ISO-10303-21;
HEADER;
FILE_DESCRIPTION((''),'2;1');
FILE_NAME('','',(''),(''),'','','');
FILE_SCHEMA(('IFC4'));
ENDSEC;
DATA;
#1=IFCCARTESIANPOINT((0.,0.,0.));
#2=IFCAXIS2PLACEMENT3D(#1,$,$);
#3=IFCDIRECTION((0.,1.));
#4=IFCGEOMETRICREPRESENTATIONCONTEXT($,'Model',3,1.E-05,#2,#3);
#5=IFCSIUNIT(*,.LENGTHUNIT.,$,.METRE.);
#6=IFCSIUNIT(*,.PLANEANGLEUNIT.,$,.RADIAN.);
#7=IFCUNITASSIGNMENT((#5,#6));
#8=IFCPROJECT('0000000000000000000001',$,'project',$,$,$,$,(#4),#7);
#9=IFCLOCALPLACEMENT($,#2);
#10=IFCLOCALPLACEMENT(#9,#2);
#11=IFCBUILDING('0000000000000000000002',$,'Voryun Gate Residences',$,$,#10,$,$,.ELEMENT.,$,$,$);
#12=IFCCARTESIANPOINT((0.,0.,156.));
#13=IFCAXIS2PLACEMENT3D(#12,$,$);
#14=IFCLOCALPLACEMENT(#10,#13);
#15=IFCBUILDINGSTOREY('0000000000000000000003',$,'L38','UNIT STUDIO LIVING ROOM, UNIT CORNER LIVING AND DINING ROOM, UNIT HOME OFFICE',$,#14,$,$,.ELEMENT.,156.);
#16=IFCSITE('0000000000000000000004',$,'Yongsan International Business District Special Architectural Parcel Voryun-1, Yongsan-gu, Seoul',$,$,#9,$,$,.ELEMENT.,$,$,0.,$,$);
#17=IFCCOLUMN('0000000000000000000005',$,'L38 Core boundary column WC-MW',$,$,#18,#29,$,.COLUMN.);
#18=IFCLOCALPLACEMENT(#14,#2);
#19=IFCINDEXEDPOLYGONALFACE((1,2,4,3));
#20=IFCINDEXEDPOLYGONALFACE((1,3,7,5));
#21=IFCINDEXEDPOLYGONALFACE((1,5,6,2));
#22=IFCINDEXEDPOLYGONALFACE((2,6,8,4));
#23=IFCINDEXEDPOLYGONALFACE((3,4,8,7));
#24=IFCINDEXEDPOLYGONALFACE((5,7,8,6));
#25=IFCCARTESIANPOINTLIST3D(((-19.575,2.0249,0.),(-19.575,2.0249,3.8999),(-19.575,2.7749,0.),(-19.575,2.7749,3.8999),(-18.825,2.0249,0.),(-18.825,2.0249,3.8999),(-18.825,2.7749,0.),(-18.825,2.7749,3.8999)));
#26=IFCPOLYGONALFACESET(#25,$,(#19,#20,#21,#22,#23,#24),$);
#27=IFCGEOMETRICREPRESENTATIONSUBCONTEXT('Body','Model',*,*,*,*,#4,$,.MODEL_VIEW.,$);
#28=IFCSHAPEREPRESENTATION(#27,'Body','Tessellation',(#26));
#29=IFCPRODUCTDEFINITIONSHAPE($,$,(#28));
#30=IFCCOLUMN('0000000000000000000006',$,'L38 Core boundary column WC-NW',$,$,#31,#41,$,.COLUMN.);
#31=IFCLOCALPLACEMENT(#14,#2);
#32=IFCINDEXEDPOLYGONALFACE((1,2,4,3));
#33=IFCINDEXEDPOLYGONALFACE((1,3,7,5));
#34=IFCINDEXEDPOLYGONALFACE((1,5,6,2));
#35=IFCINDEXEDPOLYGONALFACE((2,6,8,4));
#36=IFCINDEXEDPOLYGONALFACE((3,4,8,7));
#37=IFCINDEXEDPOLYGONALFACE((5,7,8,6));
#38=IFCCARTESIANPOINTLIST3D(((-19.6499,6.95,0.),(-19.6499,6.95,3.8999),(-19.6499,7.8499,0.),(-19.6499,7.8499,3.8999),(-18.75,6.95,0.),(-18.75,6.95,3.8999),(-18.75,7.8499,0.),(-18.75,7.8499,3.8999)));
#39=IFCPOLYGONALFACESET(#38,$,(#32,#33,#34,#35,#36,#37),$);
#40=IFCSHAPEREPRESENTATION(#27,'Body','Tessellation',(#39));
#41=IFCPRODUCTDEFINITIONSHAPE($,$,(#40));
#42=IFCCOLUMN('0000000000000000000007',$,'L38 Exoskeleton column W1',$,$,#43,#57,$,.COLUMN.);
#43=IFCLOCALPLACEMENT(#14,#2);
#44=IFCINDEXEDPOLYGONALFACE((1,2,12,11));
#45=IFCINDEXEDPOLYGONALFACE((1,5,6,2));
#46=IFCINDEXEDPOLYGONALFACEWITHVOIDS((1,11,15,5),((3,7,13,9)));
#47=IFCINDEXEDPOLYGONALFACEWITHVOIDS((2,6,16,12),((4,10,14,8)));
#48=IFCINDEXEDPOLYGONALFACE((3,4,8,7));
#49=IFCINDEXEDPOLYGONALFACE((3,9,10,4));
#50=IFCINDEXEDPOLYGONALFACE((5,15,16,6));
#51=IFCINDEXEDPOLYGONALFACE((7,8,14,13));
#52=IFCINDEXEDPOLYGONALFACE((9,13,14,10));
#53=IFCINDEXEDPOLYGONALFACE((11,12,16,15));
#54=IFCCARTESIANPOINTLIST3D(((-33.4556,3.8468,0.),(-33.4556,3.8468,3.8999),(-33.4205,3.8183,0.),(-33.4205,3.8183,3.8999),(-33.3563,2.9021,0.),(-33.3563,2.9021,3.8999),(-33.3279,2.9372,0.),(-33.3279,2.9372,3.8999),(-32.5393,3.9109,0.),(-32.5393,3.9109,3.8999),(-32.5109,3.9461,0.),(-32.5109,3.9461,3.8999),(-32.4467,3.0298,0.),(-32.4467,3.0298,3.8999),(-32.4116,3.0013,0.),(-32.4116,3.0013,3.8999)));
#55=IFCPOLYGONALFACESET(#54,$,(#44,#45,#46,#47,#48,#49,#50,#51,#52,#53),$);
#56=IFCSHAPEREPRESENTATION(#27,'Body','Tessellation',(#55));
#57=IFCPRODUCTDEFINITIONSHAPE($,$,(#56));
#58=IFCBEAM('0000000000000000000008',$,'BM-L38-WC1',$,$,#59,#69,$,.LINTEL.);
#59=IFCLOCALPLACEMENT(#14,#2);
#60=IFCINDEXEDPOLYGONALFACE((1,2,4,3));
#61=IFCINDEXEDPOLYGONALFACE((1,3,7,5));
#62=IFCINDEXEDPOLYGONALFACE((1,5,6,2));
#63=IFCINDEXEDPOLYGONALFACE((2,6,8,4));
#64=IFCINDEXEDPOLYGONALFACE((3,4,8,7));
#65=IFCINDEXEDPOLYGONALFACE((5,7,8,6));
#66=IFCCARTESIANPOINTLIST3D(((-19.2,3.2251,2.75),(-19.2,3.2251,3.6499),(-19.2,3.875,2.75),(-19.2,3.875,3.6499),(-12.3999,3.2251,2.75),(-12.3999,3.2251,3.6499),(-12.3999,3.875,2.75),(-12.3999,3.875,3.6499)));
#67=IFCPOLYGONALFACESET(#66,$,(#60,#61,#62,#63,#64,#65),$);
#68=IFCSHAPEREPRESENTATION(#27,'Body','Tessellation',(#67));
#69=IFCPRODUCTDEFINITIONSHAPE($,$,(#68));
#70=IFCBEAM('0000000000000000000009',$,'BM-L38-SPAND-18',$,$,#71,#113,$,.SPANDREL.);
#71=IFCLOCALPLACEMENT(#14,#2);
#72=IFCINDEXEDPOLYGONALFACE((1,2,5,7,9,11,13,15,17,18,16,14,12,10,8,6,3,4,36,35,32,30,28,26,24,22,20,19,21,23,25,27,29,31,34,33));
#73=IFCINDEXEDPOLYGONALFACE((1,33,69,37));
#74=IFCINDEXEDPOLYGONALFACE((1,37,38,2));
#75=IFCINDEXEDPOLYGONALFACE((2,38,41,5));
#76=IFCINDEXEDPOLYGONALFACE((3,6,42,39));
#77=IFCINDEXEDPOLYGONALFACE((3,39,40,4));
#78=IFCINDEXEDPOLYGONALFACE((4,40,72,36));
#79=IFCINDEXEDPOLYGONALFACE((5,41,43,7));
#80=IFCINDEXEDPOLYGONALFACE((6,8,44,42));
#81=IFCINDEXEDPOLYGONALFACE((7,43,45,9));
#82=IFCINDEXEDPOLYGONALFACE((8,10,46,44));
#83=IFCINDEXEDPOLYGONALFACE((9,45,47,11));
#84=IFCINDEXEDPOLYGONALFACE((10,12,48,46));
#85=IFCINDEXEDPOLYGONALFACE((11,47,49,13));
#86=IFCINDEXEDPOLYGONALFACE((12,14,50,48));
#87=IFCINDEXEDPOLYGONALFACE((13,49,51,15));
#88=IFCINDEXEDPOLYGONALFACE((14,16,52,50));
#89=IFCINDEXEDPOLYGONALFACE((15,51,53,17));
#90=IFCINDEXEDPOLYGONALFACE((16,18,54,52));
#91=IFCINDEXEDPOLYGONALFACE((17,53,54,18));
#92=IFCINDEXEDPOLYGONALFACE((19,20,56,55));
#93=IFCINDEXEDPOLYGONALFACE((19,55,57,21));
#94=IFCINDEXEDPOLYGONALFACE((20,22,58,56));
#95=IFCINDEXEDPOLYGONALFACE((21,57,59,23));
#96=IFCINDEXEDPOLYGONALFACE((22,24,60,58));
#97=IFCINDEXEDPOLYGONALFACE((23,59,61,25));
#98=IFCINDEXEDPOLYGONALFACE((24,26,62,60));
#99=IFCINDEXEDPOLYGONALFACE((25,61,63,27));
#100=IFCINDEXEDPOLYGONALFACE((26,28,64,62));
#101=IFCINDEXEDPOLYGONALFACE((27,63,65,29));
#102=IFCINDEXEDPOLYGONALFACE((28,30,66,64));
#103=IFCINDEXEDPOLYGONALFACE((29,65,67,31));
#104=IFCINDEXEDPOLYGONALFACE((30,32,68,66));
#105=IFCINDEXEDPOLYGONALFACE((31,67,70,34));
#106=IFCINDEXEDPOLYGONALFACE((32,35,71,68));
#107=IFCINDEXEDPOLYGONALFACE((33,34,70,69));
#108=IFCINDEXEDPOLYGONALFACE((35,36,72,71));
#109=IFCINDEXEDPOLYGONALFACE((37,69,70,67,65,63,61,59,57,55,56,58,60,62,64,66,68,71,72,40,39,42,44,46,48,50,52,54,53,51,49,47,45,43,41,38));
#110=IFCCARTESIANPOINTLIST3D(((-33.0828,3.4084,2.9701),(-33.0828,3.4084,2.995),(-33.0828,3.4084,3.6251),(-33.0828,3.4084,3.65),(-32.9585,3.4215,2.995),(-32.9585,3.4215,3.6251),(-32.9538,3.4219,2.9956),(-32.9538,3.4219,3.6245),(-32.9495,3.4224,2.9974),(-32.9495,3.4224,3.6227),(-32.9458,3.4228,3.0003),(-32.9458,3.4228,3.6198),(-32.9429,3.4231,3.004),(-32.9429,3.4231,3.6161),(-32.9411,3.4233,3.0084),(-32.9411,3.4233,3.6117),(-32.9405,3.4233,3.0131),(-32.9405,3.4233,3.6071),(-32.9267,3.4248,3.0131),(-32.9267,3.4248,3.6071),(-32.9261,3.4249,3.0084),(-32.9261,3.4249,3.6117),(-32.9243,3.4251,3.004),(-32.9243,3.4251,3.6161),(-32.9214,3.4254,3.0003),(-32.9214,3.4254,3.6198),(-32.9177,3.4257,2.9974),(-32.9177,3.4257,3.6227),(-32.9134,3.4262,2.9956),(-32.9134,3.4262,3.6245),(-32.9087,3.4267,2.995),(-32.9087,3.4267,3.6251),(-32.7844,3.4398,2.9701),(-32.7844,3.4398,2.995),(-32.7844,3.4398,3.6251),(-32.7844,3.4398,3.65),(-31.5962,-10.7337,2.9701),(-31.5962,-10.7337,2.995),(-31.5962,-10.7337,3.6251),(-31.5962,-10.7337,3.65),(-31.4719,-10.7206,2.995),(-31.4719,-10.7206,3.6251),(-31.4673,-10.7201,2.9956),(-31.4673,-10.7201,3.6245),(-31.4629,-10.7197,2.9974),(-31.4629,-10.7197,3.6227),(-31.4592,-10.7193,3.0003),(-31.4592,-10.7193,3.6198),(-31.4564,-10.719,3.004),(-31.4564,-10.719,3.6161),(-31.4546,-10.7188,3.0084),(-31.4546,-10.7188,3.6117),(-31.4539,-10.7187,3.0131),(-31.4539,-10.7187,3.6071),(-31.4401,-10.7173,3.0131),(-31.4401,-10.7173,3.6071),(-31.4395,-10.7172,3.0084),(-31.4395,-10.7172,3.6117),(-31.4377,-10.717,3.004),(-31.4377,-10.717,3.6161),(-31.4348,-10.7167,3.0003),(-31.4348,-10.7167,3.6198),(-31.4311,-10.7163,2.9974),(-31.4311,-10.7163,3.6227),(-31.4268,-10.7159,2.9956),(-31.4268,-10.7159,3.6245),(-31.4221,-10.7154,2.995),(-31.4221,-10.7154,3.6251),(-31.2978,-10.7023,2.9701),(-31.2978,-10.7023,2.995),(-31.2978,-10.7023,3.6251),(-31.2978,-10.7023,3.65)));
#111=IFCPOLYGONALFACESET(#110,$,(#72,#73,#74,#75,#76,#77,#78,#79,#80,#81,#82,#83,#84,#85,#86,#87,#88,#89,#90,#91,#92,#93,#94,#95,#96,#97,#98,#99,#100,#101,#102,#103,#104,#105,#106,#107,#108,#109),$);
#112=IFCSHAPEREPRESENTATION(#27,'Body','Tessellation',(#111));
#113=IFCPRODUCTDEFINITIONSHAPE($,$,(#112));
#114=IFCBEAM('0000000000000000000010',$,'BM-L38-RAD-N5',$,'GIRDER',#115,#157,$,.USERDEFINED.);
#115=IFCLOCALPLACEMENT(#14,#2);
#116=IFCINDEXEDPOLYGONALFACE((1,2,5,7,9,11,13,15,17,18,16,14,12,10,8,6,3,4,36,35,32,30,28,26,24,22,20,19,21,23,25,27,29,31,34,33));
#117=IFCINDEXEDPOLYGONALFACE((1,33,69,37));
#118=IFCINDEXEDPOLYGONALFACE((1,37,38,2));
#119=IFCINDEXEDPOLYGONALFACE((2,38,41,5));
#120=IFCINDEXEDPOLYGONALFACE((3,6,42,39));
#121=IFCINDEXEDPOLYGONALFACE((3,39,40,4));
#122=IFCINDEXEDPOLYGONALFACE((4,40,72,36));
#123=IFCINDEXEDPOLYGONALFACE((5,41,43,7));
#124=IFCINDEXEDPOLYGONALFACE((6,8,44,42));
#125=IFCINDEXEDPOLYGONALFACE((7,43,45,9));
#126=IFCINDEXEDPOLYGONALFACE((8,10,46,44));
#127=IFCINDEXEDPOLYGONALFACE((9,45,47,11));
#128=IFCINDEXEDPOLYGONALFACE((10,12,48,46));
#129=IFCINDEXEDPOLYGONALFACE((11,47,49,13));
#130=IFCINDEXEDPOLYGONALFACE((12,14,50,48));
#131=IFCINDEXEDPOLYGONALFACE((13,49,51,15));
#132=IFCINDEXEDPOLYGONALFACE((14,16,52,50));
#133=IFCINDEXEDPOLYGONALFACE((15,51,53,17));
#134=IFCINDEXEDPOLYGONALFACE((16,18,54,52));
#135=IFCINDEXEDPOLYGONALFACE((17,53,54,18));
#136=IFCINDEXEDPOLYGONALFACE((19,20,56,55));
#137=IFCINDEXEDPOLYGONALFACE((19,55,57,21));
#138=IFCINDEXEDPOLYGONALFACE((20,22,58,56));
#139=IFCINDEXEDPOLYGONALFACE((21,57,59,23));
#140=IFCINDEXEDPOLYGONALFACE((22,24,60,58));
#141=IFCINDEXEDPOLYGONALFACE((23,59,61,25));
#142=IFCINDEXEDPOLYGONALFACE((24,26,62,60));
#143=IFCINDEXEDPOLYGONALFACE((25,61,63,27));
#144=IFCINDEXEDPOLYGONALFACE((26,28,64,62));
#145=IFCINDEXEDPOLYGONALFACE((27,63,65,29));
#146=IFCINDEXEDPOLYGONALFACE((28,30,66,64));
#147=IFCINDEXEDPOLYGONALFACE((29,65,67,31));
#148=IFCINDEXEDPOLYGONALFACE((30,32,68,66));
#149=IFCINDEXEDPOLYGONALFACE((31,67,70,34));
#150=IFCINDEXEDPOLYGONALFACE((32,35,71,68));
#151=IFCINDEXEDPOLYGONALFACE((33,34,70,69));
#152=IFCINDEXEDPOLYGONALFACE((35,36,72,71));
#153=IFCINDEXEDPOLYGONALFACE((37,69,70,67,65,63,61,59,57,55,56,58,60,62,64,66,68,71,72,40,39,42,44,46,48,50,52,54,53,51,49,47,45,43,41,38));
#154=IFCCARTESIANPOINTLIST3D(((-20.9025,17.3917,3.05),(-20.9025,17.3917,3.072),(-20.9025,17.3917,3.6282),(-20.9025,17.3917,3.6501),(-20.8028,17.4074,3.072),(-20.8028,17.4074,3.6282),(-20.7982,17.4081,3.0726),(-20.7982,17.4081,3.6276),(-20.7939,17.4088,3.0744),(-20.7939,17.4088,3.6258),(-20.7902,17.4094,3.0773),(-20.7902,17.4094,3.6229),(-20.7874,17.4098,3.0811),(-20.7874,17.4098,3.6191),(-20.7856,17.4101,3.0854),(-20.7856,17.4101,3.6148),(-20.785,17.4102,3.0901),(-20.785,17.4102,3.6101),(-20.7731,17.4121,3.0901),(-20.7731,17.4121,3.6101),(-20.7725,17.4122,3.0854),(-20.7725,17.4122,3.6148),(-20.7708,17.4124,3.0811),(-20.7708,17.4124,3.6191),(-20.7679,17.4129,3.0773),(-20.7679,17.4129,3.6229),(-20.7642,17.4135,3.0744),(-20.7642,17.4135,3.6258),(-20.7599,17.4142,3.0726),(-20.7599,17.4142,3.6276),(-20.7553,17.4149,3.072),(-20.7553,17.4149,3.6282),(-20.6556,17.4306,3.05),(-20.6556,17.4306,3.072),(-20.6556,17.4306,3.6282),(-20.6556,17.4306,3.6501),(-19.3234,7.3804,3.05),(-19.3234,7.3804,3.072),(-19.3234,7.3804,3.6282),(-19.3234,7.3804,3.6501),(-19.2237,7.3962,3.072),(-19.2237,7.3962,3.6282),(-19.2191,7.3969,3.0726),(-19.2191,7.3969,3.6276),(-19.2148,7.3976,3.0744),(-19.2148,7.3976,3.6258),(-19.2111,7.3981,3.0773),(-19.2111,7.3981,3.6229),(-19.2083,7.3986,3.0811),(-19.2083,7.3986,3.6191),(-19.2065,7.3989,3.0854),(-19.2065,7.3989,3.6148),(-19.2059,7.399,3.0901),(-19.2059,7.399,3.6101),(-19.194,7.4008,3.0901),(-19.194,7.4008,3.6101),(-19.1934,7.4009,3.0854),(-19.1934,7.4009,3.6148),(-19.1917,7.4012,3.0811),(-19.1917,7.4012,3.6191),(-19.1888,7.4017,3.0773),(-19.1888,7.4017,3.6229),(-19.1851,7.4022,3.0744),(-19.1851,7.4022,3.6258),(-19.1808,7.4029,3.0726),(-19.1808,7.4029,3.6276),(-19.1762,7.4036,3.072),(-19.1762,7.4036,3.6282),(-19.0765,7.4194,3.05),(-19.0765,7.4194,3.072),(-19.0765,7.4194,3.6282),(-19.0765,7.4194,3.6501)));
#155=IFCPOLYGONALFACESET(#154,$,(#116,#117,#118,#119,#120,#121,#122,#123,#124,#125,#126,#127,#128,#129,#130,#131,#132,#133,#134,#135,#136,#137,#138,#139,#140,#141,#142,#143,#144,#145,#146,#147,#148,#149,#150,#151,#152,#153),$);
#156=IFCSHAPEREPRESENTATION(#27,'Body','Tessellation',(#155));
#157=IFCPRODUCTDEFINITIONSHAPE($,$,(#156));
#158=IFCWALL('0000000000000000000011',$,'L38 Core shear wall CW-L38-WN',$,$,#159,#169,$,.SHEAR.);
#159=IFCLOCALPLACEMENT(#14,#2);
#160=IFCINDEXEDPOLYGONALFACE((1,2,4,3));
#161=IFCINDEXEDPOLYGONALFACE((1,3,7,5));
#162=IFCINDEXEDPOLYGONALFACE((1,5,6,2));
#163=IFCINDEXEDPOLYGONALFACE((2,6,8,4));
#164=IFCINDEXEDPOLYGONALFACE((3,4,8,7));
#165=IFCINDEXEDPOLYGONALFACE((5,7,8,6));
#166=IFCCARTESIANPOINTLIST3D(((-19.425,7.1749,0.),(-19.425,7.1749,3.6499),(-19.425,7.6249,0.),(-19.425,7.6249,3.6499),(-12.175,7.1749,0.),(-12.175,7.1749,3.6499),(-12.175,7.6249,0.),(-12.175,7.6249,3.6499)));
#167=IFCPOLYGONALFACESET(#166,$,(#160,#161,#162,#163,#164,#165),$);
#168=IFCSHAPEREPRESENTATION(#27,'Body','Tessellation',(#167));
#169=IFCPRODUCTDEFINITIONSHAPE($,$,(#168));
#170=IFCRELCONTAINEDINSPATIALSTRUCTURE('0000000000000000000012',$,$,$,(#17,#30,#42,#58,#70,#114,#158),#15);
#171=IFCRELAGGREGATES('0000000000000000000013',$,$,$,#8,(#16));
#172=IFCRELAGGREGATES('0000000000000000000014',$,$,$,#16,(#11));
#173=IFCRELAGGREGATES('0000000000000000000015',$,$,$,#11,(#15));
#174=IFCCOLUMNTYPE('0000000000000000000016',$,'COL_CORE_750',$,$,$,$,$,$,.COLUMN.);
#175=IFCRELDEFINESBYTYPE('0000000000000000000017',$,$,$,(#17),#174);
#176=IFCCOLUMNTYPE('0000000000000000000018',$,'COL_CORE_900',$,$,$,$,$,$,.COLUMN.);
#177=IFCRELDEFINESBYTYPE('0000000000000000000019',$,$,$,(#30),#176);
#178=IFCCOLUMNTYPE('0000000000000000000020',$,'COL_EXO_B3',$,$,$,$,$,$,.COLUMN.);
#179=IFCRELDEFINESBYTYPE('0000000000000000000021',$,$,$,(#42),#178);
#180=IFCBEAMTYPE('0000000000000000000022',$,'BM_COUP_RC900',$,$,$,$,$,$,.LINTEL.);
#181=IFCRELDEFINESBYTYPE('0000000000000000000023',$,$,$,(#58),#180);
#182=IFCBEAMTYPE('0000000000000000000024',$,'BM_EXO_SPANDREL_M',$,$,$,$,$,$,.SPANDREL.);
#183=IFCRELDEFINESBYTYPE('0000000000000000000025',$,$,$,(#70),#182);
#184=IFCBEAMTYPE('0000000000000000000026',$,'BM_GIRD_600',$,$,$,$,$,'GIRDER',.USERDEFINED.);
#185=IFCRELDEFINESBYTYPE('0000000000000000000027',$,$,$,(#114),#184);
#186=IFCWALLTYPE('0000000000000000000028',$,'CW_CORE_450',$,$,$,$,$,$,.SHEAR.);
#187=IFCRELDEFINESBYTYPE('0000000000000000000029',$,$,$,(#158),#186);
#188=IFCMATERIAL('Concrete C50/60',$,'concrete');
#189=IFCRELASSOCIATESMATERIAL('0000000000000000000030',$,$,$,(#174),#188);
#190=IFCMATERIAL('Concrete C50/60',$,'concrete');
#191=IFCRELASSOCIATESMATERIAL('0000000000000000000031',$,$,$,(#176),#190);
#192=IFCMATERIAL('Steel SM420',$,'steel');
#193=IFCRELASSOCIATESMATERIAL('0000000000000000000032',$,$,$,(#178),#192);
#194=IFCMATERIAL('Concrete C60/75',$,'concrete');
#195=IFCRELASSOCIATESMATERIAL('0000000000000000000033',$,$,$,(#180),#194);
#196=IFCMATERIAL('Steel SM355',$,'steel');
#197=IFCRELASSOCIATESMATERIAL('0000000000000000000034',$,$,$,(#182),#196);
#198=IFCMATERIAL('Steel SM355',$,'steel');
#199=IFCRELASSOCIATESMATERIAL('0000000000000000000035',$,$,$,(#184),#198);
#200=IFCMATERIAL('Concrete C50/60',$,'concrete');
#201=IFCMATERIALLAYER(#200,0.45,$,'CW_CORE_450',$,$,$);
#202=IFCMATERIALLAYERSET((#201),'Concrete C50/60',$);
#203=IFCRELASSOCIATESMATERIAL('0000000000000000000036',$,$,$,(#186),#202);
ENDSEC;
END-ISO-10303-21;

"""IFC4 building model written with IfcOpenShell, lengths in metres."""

from ifc_helpers import new_model, si_unit, direction, frame, frame_2d, origin, origin_2d, place, context, subcontext, project, spatial, rectangle, hollow_rectangle, i_section, extrude, material, layer, layer_set, material_profile, profile_set, type_object, element, save


model = new_model("IFC4")

# Units and contexts
model_context = context("Model", 3, precision=1e-05, world=origin(), true_north=direction((0.0, 1.0)))
body_context = subcontext(model_context, "Body", "Model", "MODEL_VIEW")
ifc_project = project(units=[si_unit("LENGTHUNIT", "METRE"), si_unit("PLANEANGLEUNIT", "RADIAN")], contexts=[model_context])

# Site, building, storey
site_placement = place(None, origin())
site = spatial("IfcSite", under=ifc_project, at=site_placement, Name="Yongsan International Business District Special Architectural Parcel Voryun-1, Yongsan-gu, Seoul", CompositionType="ELEMENT", RefElevation=0.0)
building_placement = place(site_placement, origin())
building = spatial("IfcBuilding", under=site, at=building_placement, Name="Voryun Gate Residences", CompositionType="ELEMENT")
storey_placement = place(building_placement, frame((0.0, 0.0, 156.0)))
storey = spatial("IfcBuildingStorey", under=building, at=storey_placement, Name="L38", Description="UNIT STUDIO LIVING ROOM, UNIT CORNER LIVING AND DINING ROOM, UNIT HOME OFFICE", CompositionType="ELEMENT", Elevation=156.0)

# Columns
ifc_material_1 = material(Name="Concrete C50/60", Category="concrete")
ifc_material_profile_1 = material_profile(ifc_material_1, rectangle(XDim=0.75, YDim=0.75, at=origin_2d()), Name="RC-750x750")
ifc_profile_set_1 = profile_set([ifc_material_profile_1], Name="Concrete C50/60")
column_type_1 = type_object("IfcColumnType", Name="COL_CORE_750", PredefinedType="COLUMN", material=ifc_profile_set_1)
column_1_placement = place(storey_placement, frame((-19.2, 2.3999, 0.0), z_axis=(0.0, 0.0, 1.0), x_axis=(1.0, 0.0, 0.0)))
element("IfcColumn", 1, at=column_1_placement, inside=storey, type_object=column_type_1, Name="L38 Core boundary column WC-MW", PredefinedType="COLUMN", context=body_context, shape_type="SweptSolid", body=[
    extrude(rectangle(XDim=0.75, YDim=0.75, at=origin_2d()), origin(), (0.0, 0.0, 1.0), 3.8999),
])
ifc_material_2 = material(Name="Concrete C50/60", Category="concrete")
ifc_material_profile_2 = material_profile(ifc_material_2, rectangle(XDim=0.8999, YDim=0.8999, at=origin_2d()), Name="RC-900x900")
ifc_profile_set_2 = profile_set([ifc_material_profile_2], Name="Concrete C50/60")
column_type_2 = type_object("IfcColumnType", Name="COL_CORE_900", PredefinedType="COLUMN", material=ifc_profile_set_2)
column_2_placement = place(storey_placement, frame((-19.2, 7.3999, 0.0), z_axis=(0.0, 0.0, 1.0), x_axis=(1.0, 0.0, 0.0)))
element("IfcColumn", 2, at=column_2_placement, inside=storey, type_object=column_type_2, Name="L38 Core boundary column WC-NW", PredefinedType="COLUMN", context=body_context, shape_type="SweptSolid", body=[
    extrude(rectangle(XDim=0.8999, YDim=0.8999, at=origin_2d()), origin(), (0.0, 0.0, 1.0), 3.8999),
])
ifc_material_3 = material(Name="Steel SM420", Category="steel")
ifc_material_profile_3 = material_profile(ifc_material_3, hollow_rectangle(XDim=0.95, YDim=0.95, WallThickness=0.032, at=origin_2d()), Name="BOX-950x950x32")
ifc_profile_set_3 = profile_set([ifc_material_profile_3], Name="Steel SM420")
column_type_3 = type_object("IfcColumnType", Name="COL_EXO_B3", PredefinedType="COLUMN", material=ifc_profile_set_3)
column_3_placement = place(storey_placement, frame((-32.9336, 3.4241, 0.0), z_axis=(0.0, 0.0, 1.0), x_axis=(0.994522, 0.104528, 0.0)))
element("IfcColumn", 3, at=column_3_placement, inside=storey, type_object=column_type_3, Name="L38 Exoskeleton column W1", PredefinedType="COLUMN", context=body_context, shape_type="SweptSolid", body=[
    extrude(hollow_rectangle(XDim=0.95, YDim=0.95, WallThickness=0.032, at=origin_2d()), origin(), (0.0, 0.0, 1.0), 3.8999),
])

# Beams
ifc_material_4 = material(Name="Concrete C60/75", Category="concrete")
ifc_material_profile_4 = material_profile(ifc_material_4, rectangle(XDim=0.6499, YDim=0.8999, at=origin_2d()), Name="RC-650x900")
ifc_profile_set_4 = profile_set([ifc_material_profile_4], Name="Concrete C60/75")
beam_type_1 = type_object("IfcBeamType", Name="BM_COUP_RC900", PredefinedType="LINTEL", material=ifc_profile_set_4)
beam_1_placement = place(storey_placement, frame((-19.2, 3.55, 3.2), z_axis=(1.0, 0.0, 0.0), x_axis=(0.0, 1.0, 0.0)))
element("IfcBeam", 4, at=beam_1_placement, inside=storey, type_object=beam_type_1, Name="BM-L38-WC1", PredefinedType="LINTEL", context=body_context, shape_type="SweptSolid", body=[
    extrude(rectangle(XDim=0.6499, YDim=0.8999, at=origin_2d()), origin(), (0.0, 0.0, 1.0), 6.8),
])
ifc_material_5 = material(Name="Steel SM355", Category="steel")
ifc_material_profile_5 = material_profile(ifc_material_5, i_section(OverallWidth=0.3, OverallDepth=0.6799, WebThickness=0.0139, FlangeThickness=0.0249, FilletRadius=0.0181, at=origin_2d()), Name="H-680x300x14x25")
ifc_profile_set_5 = profile_set([ifc_material_profile_5], Name="Steel SM355")
beam_type_2 = type_object("IfcBeamType", Name="BM_EXO_SPANDREL_M", PredefinedType="SPANDREL", material=ifc_profile_set_5)
beam_2_placement = place(storey_placement, frame((-32.9336, 3.4241, 3.3101), z_axis=(0.104541, -0.994521, 0.0), x_axis=(0.994521, 0.104541, 0.0)))
element("IfcBeam", 5, at=beam_2_placement, inside=storey, type_object=beam_type_2, Name="BM-L38-SPAND-18", PredefinedType="SPANDREL", context=body_context, shape_type="SweptSolid", body=[
    extrude(i_section(OverallWidth=0.3, OverallDepth=0.6799, WebThickness=0.0139, FlangeThickness=0.0249, FilletRadius=0.0181, at=origin_2d()), origin(), (0.0, 0.0, 1.0), 14.22),
])
ifc_material_6 = material(Name="Steel SM355", Category="steel")
ifc_material_profile_6 = material_profile(ifc_material_6, i_section(OverallWidth=0.25, OverallDepth=0.6001, WebThickness=0.012, FlangeThickness=0.022, FilletRadius=0.0181, at=origin_2d()), Name="H-600x250x12x22")
ifc_profile_set_6 = profile_set([ifc_material_profile_6], Name="Steel SM355")
beam_type_3 = type_object("IfcBeamType", Name="BM_GIRD_600", ElementType="GIRDER", PredefinedType="USERDEFINED", material=ifc_profile_set_6)
beam_3_placement = place(storey_placement, frame((-19.2, 7.3999, 3.3501), z_axis=(-0.155807, 0.987788, 0.0), x_axis=(-0.987788, -0.155807, 0.0)))
element("IfcBeam", 6, at=beam_3_placement, inside=storey, type_object=beam_type_3, Name="BM-L38-RAD-N5", ObjectType="GIRDER", PredefinedType="USERDEFINED", context=body_context, shape_type="SweptSolid", body=[
    extrude(i_section(OverallWidth=0.25, OverallDepth=0.6001, WebThickness=0.012, FlangeThickness=0.022, FilletRadius=0.0181, at=origin_2d()), origin(), (0.0, 0.0, 1.0), 10.135),
])

# Wall
ifc_material_7 = material(Name="Concrete C50/60", Category="concrete")
ifc_layer_1 = layer(ifc_material_7, 0.45, Name="CW_CORE_450")
ifc_layer_set_1 = layer_set([ifc_layer_1], Name="Concrete C50/60")
wall_type_1 = type_object("IfcWallType", Name="CW_CORE_450", PredefinedType="SHEAR", material=ifc_layer_set_1)
wall_1_placement = place(storey_placement, frame((-19.425, 7.3999, 0.0), z_axis=(0.0, 0.0, 1.0), x_axis=(1.0, 0.0, 0.0)))
element("IfcWall", 7, at=wall_1_placement, inside=storey, type_object=wall_type_1, Name="L38 Core shear wall CW-L38-WN", PredefinedType="SHEAR", context=body_context, shape_type="SweptSolid", body=[
    extrude(rectangle(XDim=7.25, YDim=0.45, at=frame_2d((3.625, 0.0))), origin(), (0.0, 0.0, 1.0), 3.6499),
])

save(model, "model.ifc")
